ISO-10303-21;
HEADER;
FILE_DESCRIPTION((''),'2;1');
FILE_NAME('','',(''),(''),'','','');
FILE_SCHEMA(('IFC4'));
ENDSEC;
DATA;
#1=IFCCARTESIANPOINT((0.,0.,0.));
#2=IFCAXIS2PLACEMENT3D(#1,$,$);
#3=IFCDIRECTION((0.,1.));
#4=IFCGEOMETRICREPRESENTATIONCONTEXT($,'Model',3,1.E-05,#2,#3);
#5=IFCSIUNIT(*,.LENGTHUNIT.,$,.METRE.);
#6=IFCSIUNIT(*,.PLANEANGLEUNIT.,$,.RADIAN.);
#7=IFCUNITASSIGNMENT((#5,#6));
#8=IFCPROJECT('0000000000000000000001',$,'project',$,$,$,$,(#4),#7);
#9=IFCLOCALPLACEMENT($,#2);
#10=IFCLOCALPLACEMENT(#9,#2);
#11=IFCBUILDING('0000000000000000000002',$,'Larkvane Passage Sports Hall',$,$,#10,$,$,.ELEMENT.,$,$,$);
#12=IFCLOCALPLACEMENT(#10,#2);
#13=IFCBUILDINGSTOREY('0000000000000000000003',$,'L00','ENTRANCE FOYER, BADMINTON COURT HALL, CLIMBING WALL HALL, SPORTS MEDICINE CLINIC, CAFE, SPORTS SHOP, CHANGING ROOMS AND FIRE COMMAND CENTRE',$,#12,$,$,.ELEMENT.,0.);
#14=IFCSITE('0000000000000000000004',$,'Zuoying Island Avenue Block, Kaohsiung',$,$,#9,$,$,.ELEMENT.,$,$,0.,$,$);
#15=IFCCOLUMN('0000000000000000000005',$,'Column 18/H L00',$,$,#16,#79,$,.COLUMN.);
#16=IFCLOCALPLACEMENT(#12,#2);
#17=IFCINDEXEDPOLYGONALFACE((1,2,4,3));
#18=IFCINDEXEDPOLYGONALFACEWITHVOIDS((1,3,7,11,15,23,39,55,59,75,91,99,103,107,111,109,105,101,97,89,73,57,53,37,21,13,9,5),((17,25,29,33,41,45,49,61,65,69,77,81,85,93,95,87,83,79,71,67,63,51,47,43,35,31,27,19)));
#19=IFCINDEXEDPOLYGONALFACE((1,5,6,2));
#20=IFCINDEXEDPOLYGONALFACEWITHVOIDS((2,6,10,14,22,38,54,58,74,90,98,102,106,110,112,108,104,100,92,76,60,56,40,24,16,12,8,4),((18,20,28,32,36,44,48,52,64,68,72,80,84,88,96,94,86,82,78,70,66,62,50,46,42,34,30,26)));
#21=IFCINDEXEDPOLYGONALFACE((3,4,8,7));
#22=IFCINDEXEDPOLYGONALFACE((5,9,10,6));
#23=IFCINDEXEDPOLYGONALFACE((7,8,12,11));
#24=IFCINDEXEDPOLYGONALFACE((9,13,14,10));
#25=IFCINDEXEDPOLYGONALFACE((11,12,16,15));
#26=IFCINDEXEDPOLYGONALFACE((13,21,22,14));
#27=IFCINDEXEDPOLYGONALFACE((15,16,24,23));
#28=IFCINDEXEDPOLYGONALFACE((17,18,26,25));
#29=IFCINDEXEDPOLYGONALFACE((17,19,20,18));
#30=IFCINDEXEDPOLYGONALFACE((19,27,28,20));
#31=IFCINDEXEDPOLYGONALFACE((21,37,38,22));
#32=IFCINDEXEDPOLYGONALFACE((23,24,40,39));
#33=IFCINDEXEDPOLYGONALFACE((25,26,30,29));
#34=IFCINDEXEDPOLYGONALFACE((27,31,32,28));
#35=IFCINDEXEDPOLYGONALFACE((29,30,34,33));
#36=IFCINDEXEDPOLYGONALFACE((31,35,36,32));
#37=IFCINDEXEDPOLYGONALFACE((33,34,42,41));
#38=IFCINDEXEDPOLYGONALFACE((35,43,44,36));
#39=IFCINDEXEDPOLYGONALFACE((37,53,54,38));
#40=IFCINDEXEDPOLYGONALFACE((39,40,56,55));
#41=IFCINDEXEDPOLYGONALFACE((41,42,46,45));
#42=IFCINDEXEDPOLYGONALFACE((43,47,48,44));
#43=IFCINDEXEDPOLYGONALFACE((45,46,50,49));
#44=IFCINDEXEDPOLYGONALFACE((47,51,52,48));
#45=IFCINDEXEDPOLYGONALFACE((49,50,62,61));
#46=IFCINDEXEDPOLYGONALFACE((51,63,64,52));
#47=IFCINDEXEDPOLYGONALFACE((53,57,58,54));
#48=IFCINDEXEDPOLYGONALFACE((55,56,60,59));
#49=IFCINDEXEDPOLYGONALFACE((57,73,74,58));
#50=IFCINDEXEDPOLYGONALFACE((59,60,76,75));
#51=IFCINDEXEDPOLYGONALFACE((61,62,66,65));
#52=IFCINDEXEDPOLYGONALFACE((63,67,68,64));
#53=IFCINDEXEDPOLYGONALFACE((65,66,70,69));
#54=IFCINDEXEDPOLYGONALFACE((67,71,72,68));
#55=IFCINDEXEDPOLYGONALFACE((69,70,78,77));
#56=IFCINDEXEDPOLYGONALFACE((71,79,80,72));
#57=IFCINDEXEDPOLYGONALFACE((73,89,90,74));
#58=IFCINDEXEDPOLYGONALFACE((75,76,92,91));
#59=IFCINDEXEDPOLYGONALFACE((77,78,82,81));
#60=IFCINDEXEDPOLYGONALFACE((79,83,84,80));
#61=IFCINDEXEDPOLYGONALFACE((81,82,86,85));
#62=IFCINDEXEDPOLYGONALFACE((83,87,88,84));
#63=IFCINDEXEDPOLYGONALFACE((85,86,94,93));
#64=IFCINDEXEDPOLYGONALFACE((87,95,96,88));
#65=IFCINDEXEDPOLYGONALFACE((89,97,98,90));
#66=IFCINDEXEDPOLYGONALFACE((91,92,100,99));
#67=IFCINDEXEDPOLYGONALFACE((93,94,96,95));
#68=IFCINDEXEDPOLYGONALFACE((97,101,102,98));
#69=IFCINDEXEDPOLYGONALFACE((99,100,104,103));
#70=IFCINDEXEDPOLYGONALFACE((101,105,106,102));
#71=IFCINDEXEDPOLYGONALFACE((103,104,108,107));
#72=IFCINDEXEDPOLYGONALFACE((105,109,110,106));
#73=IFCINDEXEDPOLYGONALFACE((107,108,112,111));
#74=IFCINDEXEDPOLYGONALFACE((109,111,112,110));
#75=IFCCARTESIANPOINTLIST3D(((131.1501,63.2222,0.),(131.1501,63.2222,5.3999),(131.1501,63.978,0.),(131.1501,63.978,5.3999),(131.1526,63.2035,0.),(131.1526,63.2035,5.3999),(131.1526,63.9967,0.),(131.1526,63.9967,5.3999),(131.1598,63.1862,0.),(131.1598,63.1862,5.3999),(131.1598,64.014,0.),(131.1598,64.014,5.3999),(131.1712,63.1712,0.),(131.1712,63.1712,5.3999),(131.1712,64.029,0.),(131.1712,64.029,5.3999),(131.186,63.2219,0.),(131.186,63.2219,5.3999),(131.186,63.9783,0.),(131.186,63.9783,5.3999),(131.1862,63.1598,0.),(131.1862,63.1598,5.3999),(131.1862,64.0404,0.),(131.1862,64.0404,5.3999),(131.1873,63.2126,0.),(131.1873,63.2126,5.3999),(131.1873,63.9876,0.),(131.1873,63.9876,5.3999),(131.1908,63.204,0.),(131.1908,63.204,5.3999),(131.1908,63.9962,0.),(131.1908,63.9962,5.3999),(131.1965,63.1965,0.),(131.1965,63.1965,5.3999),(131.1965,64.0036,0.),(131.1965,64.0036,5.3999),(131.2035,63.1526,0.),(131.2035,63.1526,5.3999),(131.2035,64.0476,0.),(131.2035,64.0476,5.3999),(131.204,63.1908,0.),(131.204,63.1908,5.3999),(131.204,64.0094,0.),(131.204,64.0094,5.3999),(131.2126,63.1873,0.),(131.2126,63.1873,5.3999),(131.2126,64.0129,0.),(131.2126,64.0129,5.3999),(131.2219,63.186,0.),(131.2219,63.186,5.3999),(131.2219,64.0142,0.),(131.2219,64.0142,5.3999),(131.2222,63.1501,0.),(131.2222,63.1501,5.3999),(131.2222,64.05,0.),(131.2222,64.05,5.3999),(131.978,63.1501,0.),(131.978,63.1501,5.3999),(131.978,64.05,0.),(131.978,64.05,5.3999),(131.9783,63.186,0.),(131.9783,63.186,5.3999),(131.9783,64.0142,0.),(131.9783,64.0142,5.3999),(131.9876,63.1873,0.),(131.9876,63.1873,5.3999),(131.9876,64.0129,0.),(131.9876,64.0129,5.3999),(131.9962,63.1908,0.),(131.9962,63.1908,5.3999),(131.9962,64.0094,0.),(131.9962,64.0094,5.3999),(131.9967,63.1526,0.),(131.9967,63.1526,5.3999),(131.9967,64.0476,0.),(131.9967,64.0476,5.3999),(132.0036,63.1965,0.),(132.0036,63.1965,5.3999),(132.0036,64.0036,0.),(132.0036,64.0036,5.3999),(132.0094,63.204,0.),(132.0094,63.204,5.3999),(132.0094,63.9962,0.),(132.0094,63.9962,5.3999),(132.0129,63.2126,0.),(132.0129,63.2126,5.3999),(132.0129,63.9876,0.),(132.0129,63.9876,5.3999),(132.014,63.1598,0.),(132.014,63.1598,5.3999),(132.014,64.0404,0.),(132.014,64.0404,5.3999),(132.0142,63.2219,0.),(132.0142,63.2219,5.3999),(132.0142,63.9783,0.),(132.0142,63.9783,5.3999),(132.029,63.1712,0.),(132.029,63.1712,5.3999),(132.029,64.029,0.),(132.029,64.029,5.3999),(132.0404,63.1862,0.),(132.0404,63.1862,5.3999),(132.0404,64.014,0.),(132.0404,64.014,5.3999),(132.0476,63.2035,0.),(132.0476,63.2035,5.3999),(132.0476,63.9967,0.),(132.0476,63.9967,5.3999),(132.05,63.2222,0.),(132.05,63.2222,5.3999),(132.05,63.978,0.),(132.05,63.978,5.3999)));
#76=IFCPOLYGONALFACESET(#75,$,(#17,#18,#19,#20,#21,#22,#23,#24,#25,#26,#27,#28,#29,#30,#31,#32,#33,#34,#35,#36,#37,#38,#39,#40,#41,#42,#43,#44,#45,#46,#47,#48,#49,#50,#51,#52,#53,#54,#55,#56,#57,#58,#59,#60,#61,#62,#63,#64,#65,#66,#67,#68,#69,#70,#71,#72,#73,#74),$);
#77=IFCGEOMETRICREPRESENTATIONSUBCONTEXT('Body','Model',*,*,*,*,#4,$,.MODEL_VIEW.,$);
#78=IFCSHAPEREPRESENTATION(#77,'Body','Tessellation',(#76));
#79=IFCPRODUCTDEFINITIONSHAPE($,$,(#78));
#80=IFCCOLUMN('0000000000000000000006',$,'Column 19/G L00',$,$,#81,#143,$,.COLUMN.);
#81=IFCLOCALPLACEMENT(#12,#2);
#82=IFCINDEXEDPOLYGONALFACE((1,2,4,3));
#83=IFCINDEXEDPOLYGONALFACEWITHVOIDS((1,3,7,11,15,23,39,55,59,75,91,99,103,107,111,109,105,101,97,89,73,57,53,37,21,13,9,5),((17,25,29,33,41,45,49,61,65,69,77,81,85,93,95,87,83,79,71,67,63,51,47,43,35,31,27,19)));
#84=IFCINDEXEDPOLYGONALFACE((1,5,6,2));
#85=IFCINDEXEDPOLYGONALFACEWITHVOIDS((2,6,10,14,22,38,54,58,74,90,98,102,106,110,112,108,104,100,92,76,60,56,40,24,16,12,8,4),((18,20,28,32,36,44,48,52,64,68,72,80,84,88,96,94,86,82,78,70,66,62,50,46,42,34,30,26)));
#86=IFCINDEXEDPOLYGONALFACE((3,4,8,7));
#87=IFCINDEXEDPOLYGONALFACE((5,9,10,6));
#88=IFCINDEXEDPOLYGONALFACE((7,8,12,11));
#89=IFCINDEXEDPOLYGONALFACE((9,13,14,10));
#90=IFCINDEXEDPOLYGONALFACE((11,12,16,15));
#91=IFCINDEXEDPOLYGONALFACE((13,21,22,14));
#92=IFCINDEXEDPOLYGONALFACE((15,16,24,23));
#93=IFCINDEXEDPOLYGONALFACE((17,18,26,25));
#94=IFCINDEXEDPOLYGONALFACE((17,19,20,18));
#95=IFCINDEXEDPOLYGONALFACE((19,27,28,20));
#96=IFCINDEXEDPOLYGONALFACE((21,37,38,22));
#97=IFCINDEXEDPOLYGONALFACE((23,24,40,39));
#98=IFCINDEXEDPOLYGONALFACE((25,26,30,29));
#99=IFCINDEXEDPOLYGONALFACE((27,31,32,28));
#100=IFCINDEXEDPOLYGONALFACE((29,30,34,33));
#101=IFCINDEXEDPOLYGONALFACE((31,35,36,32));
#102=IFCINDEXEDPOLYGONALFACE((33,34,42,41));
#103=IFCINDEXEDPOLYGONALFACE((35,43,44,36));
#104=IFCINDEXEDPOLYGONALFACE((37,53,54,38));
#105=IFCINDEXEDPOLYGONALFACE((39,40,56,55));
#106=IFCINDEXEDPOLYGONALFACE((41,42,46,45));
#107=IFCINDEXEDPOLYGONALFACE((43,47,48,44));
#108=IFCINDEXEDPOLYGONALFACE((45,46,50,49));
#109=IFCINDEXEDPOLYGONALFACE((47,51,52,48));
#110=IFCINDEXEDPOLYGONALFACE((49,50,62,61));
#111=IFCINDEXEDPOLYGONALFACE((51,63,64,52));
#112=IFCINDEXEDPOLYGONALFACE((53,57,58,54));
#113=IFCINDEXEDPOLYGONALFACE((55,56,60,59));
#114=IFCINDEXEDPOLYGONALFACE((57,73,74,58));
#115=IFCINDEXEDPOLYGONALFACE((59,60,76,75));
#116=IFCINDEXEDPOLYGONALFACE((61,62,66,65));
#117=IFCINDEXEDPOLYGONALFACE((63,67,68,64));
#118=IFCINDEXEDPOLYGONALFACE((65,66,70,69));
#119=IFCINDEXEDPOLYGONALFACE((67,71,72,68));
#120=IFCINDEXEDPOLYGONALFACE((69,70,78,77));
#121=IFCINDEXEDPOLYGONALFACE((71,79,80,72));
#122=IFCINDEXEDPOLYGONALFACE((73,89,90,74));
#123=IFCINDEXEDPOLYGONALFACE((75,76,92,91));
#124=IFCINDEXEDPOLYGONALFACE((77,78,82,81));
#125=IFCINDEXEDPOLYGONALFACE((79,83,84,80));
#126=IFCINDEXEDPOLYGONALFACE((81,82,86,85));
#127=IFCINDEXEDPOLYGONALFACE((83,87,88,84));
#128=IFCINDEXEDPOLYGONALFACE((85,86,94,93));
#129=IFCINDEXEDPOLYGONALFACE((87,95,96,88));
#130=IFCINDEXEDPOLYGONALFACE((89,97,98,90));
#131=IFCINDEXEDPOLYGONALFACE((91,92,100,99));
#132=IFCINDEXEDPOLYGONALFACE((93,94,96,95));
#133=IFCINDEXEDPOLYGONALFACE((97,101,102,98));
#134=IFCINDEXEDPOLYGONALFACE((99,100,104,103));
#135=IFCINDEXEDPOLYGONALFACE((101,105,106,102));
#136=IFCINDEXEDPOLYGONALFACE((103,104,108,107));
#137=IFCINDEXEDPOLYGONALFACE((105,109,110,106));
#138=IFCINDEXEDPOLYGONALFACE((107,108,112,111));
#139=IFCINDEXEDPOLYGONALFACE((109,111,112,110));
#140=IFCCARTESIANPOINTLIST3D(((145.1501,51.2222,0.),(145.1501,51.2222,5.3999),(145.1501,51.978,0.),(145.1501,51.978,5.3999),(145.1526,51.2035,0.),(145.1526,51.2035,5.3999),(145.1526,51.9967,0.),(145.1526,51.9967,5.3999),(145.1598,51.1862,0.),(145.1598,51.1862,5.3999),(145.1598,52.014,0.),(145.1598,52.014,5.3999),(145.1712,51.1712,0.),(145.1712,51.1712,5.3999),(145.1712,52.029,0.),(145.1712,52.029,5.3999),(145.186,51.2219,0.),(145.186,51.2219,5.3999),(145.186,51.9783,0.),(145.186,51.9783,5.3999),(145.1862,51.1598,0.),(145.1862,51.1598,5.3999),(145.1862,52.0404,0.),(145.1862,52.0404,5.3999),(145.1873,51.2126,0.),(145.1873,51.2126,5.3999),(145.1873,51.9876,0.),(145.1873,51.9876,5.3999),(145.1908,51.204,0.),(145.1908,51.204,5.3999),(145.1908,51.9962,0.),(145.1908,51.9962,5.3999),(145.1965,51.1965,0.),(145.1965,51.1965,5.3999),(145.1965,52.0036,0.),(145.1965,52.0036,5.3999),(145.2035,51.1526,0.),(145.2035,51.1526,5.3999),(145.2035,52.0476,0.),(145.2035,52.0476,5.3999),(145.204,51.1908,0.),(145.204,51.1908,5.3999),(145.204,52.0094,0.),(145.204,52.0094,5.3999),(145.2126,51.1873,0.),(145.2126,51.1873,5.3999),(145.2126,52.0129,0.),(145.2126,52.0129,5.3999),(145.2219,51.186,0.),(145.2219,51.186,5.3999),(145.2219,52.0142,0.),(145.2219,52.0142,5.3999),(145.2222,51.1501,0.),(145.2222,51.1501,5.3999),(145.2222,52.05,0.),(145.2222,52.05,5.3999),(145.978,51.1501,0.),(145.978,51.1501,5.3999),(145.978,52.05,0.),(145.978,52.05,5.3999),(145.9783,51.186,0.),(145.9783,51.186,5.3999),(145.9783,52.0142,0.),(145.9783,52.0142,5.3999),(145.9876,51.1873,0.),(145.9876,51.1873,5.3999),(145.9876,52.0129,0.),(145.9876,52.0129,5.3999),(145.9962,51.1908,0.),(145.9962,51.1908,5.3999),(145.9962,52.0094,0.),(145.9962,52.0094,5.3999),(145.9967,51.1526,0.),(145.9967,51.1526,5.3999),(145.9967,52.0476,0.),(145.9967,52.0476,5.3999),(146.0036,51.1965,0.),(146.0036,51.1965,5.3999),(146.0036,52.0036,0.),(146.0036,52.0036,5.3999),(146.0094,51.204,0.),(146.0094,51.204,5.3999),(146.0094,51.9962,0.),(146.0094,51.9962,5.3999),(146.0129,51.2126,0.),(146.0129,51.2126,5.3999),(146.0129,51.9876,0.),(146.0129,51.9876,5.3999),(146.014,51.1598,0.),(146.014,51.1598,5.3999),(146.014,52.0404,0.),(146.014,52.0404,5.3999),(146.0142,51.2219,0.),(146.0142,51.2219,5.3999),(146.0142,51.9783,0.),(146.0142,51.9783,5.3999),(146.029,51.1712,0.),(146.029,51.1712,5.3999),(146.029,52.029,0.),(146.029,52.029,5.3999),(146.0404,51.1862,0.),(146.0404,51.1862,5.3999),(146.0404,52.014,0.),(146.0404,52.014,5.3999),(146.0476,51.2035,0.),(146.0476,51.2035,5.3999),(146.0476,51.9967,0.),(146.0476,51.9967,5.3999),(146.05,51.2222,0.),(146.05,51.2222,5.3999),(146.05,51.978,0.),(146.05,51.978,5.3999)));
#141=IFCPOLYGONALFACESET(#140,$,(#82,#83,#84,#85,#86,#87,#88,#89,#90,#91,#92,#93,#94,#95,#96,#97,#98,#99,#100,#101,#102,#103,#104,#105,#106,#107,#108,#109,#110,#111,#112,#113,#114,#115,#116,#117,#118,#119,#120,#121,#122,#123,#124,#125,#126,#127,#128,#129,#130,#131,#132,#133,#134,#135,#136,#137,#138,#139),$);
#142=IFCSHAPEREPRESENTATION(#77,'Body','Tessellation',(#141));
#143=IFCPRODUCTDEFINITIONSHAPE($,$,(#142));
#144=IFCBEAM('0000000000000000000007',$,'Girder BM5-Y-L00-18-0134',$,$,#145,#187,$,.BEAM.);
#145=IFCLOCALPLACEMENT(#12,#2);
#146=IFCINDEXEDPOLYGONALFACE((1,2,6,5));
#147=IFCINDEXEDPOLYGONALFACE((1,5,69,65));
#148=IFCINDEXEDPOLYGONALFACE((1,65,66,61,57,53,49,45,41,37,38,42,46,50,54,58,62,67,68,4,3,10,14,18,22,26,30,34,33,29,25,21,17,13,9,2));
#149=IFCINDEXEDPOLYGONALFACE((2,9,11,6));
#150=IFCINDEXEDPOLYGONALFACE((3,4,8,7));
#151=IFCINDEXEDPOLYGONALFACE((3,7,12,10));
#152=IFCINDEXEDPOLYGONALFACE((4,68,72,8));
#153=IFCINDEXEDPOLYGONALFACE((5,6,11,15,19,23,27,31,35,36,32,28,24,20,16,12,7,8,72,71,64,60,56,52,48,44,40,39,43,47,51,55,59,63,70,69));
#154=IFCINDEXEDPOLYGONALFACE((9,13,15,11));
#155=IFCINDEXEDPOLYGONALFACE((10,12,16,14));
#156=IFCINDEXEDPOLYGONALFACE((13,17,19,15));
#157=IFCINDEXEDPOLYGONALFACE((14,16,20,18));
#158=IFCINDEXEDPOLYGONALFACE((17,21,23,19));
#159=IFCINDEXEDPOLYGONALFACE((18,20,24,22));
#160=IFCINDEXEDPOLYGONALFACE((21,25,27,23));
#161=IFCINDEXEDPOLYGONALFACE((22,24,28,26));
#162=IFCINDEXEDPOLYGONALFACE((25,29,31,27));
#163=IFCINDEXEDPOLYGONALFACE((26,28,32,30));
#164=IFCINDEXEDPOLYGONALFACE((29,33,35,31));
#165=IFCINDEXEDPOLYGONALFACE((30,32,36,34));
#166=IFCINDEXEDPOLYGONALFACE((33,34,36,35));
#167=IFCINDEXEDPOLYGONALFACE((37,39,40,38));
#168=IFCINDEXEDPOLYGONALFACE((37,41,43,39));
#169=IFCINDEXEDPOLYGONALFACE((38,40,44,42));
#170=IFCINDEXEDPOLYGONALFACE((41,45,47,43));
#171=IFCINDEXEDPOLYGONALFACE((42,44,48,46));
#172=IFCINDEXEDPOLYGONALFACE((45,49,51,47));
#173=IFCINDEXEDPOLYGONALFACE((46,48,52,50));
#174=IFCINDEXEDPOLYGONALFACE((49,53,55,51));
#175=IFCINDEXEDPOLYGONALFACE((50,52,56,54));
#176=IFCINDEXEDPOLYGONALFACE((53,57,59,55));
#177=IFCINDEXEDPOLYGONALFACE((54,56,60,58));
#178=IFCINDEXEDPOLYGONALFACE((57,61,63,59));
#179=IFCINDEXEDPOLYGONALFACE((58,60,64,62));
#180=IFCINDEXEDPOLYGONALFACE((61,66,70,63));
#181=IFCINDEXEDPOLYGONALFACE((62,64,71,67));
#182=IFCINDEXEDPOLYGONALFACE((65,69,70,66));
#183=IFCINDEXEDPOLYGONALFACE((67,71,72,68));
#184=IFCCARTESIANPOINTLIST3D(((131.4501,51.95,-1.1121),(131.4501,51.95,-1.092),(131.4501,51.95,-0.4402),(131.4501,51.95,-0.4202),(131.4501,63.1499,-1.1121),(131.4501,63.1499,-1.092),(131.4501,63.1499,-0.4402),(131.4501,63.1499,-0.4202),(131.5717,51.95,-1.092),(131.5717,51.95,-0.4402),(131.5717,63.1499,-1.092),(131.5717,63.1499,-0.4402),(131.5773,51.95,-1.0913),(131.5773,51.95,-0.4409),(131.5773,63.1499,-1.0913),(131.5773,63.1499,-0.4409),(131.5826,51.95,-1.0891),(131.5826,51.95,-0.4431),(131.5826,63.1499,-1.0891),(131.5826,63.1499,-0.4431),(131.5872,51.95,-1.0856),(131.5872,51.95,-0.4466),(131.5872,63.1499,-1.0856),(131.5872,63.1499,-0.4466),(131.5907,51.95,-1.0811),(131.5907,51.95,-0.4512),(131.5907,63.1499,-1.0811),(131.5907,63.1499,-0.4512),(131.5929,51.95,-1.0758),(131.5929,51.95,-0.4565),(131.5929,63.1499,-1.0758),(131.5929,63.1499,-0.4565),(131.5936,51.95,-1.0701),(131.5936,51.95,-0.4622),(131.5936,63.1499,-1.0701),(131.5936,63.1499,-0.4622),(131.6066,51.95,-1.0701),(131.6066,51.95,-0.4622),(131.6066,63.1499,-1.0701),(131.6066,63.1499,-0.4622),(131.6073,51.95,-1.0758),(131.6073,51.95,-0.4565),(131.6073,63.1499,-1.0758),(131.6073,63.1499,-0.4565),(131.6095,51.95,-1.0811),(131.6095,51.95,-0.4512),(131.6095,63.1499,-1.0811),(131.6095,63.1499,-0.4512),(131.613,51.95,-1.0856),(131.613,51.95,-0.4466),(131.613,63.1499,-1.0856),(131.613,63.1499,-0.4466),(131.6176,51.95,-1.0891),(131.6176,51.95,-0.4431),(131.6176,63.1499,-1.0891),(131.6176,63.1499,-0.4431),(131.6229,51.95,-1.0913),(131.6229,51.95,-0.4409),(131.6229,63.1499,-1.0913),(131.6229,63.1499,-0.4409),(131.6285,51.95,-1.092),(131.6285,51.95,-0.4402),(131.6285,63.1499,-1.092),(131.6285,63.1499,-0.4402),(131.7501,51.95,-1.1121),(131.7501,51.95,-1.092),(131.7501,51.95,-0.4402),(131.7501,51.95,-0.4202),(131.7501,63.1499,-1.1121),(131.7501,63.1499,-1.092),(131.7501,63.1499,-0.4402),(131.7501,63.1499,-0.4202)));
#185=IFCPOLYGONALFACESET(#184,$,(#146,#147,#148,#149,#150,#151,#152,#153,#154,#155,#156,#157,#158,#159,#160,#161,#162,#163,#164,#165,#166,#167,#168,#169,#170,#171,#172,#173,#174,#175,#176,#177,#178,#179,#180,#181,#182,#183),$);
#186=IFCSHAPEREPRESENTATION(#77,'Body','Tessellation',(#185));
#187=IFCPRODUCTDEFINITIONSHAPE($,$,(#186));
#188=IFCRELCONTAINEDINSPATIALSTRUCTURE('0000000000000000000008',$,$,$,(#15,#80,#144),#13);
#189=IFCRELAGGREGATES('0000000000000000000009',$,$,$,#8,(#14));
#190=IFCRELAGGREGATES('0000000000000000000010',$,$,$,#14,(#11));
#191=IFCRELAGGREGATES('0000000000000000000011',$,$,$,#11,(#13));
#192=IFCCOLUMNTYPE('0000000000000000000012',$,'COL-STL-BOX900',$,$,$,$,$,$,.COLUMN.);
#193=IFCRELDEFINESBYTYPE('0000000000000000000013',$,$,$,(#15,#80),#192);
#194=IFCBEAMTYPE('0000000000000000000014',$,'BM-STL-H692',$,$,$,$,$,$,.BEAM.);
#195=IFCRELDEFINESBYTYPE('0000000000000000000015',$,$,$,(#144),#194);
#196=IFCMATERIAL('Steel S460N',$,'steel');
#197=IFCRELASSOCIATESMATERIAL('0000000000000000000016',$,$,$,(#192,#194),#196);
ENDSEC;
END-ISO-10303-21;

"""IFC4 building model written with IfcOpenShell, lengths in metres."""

from ifc_helpers import new_model, si_unit, direction, frame, origin, origin_2d, place, context, subcontext, project, spatial, hollow_rectangle, i_section, extrude, material, material_profile, profile_set, type_object, element, save


model = new_model("IFC4")

# Units and contexts
model_context = context("Model", 3, precision=1e-05, world=origin(), true_north=direction((0.0, 1.0)))
body_context = subcontext(model_context, "Body", "Model", "MODEL_VIEW")
ifc_project = project(units=[si_unit("LENGTHUNIT", "METRE"), si_unit("PLANEANGLEUNIT", "RADIAN")], contexts=[model_context])

# Site, building, storey
site_placement = place(None, origin())
site = spatial("IfcSite", under=ifc_project, at=site_placement, Name="Zuoying Island Avenue Block, Kaohsiung", CompositionType="ELEMENT", RefElevation=0.0)
building_placement = place(site_placement, origin())
building = spatial("IfcBuilding", under=site, at=building_placement, Name="Larkvane Passage Sports Hall", CompositionType="ELEMENT")
storey_placement = place(building_placement, origin())
storey = spatial("IfcBuildingStorey", under=building, at=storey_placement, Name="L00", Description="ENTRANCE FOYER, BADMINTON COURT HALL, CLIMBING WALL HALL, SPORTS MEDICINE CLINIC, CAFE, SPORTS SHOP, CHANGING ROOMS AND FIRE COMMAND CENTRE", CompositionType="ELEMENT", Elevation=0.0)

# Columns
ifc_material_1 = material(Name="Steel S460N", Category="steel")
ifc_material_profile_1 = material_profile(ifc_material_1, hollow_rectangle(XDim=0.8999, YDim=0.8999, WallThickness=0.0359, InnerFilletRadius=0.0359, OuterFilletRadius=0.072, at=origin_2d()), Name="BOX-900x900x36")
ifc_profile_set_1 = profile_set([ifc_material_profile_1], Name="Steel S460N")
column_type_1 = type_object("IfcColumnType", Name="COL-STL-BOX900", PredefinedType="COLUMN", material=ifc_profile_set_1)
for number, where, z_axis, x_axis, name in (
    (1, (131.6001, 63.6001, 0.0), (0.0, 0.0, 1.0), (1.0, 0.0, 0.0), "Column 18/H L00"),
    (2, (145.6001, 51.6001, 0.0), (0.0, 0.0, 1.0), (1.0, 0.0, 0.0), "Column 19/G L00"),
):
    element("IfcColumn", number, at=place(storey_placement, frame(where, z_axis=z_axis, x_axis=x_axis)), inside=storey, type_object=column_type_1, Name=name, PredefinedType="COLUMN", context=body_context, shape_type="SweptSolid", body=[
        extrude(hollow_rectangle(XDim=0.8999, YDim=0.8999, WallThickness=0.0359, InnerFilletRadius=0.0359, OuterFilletRadius=0.072, at=origin_2d()), origin(), (0.0, 0.0, 1.0), 5.3999),
    ])

# Beam
ifc_material_profile_2 = material_profile(ifc_material_1, i_section(OverallWidth=0.3, OverallDepth=0.6919, WebThickness=0.0129, FlangeThickness=0.02, FilletRadius=0.022, at=origin_2d()), Name="H-692x300x13x20")
ifc_profile_set_2 = profile_set([ifc_material_profile_2], Name="Steel S460N")
beam_type_1 = type_object("IfcBeamType", Name="BM-STL-H692", PredefinedType="BEAM", material=ifc_profile_set_2)
beam_1_placement = place(storey_placement, frame((131.6001, 51.95, -0.7661), z_axis=(0.0, 1.0, 0.0), x_axis=(-1.0, 0.0, 0.0)))
element("IfcBeam", 3, at=beam_1_placement, inside=storey, type_object=beam_type_1, Name="Girder BM5-Y-L00-18-0134", PredefinedType="BEAM", context=body_context, shape_type="SweptSolid", body=[
    extrude(i_section(OverallWidth=0.3, OverallDepth=0.6919, WebThickness=0.0129, FlangeThickness=0.02, FilletRadius=0.022, at=origin_2d()), origin(), (0.0, 0.0, 1.0), 11.2),
])

save(model, "model.ifc")
